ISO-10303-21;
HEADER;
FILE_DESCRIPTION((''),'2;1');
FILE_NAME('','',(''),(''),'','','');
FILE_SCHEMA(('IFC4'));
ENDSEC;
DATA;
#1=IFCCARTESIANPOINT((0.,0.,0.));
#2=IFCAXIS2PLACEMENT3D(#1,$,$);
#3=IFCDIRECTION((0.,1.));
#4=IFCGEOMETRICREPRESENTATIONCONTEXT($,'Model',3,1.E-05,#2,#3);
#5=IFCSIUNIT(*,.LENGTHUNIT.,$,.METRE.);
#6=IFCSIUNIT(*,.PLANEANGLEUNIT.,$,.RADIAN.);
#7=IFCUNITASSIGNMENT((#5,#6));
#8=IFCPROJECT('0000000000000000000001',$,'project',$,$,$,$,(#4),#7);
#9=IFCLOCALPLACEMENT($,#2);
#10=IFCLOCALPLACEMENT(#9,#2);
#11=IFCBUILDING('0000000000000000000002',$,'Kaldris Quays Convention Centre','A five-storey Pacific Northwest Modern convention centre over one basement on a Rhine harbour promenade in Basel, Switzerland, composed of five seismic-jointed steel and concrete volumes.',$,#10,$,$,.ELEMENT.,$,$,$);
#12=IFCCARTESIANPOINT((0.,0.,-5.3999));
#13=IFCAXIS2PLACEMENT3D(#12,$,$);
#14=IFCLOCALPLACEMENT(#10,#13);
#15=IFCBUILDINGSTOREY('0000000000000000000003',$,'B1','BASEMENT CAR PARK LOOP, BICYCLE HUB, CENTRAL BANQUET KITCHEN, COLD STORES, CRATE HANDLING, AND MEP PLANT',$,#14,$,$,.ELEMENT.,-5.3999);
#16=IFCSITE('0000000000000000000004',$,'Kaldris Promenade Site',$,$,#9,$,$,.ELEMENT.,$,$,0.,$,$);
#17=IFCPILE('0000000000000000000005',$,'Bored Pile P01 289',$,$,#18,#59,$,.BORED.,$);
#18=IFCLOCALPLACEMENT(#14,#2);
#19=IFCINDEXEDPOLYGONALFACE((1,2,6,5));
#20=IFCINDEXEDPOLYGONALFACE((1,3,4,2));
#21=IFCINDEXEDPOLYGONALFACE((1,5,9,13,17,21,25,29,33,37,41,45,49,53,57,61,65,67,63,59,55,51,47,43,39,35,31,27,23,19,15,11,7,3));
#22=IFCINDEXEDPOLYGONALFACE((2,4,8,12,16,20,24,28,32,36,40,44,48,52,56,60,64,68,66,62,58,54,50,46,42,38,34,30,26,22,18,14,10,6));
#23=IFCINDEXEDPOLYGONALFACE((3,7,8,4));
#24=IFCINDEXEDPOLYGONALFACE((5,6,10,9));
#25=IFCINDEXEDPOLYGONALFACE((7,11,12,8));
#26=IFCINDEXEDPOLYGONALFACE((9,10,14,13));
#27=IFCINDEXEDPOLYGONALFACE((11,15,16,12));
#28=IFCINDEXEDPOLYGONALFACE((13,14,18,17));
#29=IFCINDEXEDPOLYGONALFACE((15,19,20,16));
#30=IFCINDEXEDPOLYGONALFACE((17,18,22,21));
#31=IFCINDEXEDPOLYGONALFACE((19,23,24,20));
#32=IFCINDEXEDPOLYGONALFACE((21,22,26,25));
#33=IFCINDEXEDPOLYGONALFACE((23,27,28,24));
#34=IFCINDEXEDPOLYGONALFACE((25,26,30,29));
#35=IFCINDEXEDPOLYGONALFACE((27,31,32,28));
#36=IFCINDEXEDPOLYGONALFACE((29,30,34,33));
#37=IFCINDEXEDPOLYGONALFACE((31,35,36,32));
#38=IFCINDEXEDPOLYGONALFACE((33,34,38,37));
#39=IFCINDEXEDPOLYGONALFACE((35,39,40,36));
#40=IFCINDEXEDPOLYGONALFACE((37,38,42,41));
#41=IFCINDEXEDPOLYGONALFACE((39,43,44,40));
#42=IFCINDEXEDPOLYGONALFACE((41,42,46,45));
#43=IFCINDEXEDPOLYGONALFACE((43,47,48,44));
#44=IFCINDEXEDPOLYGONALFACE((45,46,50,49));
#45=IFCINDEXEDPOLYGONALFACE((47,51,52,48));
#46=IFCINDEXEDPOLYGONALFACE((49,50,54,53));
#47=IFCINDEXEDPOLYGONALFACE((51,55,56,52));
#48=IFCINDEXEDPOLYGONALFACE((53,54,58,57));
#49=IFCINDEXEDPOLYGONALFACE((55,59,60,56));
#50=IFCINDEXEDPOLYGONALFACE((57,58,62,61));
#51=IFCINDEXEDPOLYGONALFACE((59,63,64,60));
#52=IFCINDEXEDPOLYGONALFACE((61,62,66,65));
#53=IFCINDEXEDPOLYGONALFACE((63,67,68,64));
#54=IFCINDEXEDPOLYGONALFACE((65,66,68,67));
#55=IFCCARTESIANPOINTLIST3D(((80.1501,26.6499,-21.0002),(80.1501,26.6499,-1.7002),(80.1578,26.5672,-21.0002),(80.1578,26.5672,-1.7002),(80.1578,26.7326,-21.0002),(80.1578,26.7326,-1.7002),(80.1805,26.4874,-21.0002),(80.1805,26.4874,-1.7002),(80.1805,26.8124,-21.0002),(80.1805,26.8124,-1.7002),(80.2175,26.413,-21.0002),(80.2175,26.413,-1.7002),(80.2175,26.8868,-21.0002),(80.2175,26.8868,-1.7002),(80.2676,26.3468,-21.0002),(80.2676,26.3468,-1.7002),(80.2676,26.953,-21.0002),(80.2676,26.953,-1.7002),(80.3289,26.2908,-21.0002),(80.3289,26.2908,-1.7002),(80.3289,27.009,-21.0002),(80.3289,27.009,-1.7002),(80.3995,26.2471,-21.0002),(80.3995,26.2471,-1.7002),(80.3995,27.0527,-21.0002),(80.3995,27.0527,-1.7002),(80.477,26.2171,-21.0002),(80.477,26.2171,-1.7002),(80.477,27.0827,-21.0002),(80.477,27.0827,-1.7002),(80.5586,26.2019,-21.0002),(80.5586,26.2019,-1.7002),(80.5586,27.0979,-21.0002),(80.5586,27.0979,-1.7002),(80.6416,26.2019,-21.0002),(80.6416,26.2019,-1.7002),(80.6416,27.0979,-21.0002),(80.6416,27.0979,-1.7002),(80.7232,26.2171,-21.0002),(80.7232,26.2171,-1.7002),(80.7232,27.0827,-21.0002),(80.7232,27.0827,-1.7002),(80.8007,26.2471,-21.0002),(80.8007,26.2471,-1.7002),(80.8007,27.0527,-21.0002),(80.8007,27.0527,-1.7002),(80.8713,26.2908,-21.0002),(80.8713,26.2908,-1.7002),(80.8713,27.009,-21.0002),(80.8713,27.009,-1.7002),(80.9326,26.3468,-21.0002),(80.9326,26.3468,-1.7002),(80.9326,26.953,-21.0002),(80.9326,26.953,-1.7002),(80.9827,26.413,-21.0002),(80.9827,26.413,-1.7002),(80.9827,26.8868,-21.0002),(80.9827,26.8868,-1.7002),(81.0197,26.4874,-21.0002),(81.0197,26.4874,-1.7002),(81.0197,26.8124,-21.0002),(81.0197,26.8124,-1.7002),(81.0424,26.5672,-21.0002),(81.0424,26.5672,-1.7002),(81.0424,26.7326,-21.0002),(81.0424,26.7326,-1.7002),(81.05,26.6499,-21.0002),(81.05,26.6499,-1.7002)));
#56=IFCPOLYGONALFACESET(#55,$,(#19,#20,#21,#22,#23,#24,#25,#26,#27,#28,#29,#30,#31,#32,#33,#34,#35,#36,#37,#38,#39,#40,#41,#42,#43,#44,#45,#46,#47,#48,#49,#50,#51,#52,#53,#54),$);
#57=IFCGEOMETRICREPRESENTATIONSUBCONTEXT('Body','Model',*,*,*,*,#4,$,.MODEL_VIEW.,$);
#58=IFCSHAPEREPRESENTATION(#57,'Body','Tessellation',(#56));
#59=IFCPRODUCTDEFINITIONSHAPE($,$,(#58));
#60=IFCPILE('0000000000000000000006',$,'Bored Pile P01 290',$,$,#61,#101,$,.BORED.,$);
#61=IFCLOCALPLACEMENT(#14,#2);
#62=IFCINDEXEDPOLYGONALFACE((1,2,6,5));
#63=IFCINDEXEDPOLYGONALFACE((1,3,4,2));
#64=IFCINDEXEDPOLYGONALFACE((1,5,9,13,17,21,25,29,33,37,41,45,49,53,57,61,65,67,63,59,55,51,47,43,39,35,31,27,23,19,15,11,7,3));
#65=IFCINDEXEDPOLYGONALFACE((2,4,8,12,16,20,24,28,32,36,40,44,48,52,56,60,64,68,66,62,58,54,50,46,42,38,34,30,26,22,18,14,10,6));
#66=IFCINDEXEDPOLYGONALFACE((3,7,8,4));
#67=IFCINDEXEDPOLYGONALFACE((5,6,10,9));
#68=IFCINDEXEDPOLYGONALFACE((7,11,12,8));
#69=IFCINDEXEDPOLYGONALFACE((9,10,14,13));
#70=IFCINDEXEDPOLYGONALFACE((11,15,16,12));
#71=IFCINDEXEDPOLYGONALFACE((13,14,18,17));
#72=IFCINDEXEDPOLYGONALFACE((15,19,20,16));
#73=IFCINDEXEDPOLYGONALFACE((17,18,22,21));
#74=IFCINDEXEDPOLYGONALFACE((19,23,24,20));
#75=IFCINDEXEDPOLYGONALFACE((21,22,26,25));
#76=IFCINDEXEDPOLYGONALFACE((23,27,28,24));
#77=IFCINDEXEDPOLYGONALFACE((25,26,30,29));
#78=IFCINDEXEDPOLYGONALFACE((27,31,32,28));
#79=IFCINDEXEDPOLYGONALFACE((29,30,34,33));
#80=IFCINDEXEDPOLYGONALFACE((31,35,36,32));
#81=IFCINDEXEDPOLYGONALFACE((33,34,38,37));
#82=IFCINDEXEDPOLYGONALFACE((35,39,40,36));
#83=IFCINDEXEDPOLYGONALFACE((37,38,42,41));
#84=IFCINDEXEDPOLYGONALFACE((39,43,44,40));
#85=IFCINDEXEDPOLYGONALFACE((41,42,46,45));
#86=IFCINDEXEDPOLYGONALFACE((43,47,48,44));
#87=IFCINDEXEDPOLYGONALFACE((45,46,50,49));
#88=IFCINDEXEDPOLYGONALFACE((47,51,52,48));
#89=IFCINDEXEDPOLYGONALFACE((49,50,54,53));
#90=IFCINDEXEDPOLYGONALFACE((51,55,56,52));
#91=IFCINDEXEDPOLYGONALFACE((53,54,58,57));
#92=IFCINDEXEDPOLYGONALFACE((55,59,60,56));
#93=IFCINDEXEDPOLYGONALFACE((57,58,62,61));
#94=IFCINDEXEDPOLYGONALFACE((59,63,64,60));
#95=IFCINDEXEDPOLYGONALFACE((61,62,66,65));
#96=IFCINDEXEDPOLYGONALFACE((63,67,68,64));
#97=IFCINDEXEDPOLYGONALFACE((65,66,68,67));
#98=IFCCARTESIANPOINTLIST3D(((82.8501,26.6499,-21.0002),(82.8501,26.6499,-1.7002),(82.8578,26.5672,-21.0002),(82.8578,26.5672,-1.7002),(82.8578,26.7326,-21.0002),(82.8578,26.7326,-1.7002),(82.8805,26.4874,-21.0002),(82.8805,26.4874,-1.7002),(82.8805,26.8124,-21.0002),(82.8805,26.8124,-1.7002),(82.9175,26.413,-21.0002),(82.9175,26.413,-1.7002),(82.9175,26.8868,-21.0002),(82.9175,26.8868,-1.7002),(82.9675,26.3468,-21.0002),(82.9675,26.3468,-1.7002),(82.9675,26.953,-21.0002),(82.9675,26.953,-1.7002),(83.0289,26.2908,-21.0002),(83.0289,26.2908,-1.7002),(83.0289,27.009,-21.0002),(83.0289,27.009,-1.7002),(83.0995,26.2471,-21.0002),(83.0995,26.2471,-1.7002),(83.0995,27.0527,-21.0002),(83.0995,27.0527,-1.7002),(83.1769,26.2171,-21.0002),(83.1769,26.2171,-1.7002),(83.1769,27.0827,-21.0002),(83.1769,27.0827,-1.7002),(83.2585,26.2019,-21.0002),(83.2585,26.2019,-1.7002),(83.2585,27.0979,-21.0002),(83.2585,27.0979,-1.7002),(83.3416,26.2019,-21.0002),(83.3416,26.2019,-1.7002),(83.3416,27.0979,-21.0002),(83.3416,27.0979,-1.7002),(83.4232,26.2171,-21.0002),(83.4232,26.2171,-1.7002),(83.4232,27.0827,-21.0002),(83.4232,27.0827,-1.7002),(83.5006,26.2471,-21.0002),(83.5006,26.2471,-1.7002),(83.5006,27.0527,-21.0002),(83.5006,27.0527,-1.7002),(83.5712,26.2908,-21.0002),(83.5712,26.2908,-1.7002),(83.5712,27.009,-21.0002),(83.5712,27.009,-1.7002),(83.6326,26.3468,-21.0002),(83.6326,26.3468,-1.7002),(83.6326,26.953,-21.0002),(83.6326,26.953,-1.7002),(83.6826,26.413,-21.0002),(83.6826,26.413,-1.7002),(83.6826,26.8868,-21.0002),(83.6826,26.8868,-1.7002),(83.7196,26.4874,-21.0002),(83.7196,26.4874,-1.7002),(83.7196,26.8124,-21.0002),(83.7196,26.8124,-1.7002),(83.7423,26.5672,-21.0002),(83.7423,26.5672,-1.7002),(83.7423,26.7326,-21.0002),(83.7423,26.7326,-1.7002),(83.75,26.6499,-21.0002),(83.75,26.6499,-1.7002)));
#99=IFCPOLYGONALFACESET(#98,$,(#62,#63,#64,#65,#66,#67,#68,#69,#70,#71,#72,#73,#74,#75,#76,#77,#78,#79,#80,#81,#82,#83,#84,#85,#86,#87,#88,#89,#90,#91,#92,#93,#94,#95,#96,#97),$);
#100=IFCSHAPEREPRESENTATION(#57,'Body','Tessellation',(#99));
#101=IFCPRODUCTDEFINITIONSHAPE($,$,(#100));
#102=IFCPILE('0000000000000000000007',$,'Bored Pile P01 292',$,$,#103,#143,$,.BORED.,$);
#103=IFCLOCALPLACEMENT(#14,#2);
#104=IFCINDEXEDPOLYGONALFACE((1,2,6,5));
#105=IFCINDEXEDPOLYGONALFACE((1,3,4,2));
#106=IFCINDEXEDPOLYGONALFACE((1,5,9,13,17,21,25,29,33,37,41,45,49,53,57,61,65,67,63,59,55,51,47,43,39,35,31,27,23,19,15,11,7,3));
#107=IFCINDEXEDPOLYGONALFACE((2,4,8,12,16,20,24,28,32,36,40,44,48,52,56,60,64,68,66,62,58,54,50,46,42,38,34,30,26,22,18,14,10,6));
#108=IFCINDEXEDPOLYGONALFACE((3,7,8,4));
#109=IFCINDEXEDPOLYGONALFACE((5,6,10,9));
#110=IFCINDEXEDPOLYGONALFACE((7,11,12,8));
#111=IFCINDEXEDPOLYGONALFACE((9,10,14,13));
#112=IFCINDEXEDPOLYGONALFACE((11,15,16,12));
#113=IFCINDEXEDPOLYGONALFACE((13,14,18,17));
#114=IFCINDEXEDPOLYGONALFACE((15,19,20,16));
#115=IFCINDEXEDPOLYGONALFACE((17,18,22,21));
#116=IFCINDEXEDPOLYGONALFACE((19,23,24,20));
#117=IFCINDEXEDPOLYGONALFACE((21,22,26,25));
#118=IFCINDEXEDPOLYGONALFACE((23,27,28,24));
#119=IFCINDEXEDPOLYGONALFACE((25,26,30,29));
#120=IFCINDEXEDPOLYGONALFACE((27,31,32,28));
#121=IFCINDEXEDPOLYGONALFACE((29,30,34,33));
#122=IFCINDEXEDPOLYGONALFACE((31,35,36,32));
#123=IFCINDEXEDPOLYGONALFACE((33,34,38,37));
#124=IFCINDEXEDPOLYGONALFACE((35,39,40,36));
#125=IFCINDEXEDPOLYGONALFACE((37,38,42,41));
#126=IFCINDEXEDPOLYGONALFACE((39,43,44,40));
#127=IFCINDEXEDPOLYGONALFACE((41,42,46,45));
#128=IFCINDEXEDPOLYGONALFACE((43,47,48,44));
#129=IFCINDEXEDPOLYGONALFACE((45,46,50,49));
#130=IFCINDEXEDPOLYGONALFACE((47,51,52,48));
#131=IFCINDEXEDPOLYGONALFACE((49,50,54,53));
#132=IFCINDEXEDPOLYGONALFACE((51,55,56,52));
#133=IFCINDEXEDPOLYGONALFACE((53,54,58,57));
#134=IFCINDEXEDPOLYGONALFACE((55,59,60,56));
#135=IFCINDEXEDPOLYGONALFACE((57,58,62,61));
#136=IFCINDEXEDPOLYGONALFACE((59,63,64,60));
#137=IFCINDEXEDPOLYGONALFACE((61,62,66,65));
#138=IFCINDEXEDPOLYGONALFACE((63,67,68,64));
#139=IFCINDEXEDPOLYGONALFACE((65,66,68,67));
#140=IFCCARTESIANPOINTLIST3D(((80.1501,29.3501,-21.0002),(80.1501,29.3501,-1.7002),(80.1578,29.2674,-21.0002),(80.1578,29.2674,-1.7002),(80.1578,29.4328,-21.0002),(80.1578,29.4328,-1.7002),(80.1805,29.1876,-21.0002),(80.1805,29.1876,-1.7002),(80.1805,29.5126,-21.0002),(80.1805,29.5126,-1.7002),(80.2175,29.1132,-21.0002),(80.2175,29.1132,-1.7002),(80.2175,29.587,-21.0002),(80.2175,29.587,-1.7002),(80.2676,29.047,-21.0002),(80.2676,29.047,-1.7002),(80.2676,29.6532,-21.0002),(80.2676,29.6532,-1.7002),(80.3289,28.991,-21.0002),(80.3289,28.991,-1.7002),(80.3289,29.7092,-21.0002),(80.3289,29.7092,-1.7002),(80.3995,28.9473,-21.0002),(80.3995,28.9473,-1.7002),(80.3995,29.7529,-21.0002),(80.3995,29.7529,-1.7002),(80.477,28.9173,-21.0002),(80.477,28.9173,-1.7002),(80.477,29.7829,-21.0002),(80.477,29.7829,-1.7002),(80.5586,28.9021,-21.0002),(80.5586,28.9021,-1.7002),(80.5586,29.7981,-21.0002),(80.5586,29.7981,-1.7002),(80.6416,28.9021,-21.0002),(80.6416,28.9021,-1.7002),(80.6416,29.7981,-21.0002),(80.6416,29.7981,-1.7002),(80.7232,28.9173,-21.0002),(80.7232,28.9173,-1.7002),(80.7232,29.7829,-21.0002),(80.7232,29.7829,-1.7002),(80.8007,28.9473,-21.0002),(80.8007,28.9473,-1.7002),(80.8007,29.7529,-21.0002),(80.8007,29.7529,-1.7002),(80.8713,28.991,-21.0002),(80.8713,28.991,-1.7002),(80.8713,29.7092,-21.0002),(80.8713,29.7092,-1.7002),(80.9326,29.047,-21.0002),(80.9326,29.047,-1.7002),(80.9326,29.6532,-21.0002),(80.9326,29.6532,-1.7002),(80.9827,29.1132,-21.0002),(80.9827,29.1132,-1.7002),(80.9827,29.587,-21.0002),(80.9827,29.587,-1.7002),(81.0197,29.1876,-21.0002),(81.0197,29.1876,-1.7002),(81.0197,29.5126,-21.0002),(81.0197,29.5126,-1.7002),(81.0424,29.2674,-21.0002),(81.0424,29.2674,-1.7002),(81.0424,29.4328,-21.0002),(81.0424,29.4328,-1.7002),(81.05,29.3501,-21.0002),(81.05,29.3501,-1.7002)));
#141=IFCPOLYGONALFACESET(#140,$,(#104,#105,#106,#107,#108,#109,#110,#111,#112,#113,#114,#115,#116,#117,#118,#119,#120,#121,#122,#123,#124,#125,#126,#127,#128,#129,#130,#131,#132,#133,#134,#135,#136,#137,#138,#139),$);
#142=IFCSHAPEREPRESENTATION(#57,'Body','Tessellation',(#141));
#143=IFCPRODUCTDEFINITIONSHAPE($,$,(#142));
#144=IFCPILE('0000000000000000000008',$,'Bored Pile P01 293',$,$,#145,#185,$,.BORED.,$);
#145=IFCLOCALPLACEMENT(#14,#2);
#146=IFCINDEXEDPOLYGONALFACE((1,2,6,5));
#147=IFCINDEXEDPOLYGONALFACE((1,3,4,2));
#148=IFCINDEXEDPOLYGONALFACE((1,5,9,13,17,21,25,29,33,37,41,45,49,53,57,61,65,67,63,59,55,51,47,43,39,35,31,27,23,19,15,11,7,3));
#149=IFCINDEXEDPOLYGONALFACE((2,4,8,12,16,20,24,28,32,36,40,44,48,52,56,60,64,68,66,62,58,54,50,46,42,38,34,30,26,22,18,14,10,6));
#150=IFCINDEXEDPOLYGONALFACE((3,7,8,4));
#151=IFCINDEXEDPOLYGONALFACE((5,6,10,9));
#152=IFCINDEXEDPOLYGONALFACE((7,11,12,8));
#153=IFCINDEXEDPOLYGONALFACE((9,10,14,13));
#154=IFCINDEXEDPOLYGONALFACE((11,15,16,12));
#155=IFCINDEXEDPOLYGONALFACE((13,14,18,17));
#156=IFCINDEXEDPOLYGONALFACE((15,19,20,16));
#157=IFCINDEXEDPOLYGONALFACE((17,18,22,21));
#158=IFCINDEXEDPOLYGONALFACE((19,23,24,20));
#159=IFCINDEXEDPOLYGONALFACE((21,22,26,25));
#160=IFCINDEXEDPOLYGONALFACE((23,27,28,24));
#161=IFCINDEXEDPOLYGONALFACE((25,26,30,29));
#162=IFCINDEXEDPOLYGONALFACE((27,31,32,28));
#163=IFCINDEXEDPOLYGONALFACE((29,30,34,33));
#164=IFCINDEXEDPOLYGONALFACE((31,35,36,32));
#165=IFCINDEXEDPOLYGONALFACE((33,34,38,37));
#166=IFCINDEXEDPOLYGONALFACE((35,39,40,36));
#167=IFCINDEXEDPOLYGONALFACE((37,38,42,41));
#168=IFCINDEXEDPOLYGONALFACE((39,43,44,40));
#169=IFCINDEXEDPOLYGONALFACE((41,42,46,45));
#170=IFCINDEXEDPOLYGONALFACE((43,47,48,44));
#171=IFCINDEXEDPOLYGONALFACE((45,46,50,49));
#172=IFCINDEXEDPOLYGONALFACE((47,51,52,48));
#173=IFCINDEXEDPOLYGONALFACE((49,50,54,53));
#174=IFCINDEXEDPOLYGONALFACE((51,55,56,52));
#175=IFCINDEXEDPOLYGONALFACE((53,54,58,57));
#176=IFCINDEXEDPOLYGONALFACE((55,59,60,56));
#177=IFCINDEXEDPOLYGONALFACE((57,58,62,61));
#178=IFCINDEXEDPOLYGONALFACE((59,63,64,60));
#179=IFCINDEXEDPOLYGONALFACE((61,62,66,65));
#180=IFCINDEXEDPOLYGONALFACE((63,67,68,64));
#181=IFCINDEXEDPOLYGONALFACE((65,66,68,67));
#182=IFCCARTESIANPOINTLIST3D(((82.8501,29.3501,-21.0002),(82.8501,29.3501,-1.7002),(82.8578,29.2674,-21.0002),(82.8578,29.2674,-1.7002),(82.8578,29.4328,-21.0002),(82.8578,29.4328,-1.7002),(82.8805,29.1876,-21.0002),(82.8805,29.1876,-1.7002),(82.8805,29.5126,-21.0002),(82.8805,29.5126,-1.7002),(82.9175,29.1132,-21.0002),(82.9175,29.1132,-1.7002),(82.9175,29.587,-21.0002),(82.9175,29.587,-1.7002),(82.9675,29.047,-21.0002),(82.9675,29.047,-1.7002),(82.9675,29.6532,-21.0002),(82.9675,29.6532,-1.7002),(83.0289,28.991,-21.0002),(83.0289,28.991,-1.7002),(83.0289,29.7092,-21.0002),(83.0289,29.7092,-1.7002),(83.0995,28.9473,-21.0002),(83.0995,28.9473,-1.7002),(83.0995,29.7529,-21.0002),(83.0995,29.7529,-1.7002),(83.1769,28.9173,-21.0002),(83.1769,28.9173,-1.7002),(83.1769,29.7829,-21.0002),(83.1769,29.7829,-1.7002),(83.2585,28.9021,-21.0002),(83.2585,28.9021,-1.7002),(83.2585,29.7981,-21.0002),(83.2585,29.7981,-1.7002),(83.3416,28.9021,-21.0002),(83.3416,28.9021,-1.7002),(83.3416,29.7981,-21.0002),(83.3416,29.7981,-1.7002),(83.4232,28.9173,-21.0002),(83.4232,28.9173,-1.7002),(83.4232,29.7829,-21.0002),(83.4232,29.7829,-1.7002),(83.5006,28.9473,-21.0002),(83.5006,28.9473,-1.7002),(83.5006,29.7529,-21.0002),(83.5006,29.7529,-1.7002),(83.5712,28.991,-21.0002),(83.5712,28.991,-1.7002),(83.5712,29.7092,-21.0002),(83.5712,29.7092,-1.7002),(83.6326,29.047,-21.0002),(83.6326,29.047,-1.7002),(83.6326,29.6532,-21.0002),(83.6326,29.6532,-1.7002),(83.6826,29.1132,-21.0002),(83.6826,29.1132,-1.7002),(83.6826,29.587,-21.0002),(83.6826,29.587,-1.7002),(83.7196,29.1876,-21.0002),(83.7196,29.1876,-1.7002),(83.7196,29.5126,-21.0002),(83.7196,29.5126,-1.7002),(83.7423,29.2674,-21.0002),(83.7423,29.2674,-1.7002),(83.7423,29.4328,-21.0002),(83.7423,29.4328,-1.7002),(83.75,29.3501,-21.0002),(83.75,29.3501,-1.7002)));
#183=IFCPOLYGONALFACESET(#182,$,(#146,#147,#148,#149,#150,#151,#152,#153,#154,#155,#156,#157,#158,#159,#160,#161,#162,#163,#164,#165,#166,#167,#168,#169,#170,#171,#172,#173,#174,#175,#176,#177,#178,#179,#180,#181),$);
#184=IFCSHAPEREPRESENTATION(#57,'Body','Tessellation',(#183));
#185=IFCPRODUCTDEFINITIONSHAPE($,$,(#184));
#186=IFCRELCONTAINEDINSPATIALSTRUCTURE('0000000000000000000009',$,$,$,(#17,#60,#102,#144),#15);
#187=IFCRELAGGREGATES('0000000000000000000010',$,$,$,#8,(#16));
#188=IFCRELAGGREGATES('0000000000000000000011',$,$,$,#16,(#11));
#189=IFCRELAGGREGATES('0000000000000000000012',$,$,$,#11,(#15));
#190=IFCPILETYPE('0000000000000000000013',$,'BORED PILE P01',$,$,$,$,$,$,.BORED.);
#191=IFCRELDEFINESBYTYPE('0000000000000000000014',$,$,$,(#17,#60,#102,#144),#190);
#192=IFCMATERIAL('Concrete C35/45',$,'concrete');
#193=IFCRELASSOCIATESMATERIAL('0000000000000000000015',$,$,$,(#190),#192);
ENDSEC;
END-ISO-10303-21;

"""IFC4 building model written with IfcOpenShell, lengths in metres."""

from ifc_helpers import new_model, si_unit, direction, frame, origin, origin_2d, place, context, subcontext, project, spatial, circle, extrude, material, material_profile, profile_set, type_object, element, save


model = new_model("IFC4")

# Units and contexts
model_context = context("Model", 3, precision=1e-05, world=origin(), true_north=direction((0.0, 1.0)))
body_context = subcontext(model_context, "Body", "Model", "MODEL_VIEW")
ifc_project = project(units=[si_unit("LENGTHUNIT", "METRE"), si_unit("PLANEANGLEUNIT", "RADIAN")], contexts=[model_context])

# Site, building, storey
site_placement = place(None, origin())
site = spatial("IfcSite", under=ifc_project, at=site_placement, Name="Kaldris Promenade Site", CompositionType="ELEMENT", RefElevation=0.0)
building_placement = place(site_placement, origin())
building = spatial("IfcBuilding", under=site, at=building_placement, Name="Kaldris Quays Convention Centre", Description="A five-storey Pacific Northwest Modern convention centre over one basement on a Rhine harbour promenade in Basel, Switzerland, composed of five seismic-jointed steel and concrete volumes.", CompositionType="ELEMENT")
storey_placement = place(building_placement, frame((0.0, 0.0, -5.3999)))
storey = spatial("IfcBuildingStorey", under=building, at=storey_placement, Name="B1", Description="BASEMENT CAR PARK LOOP, BICYCLE HUB, CENTRAL BANQUET KITCHEN, COLD STORES, CRATE HANDLING, AND MEP PLANT", CompositionType="ELEMENT", Elevation=-5.3999)

# Piles
ifc_material_1 = material(Name="Concrete C35/45", Category="concrete")
ifc_material_profile_1 = material_profile(ifc_material_1, circle(Radius=0.45, at=origin_2d()), Name="BORED PILE D900")
ifc_profile_set_1 = profile_set([ifc_material_profile_1], Name="Concrete C35/45")
pile_type_1 = type_object("IfcPileType", Name="BORED PILE P01", PredefinedType="BORED", material=ifc_profile_set_1)
for number, where, z_axis, x_axis, name in (
    (1, (80.6001, 26.6499, -1.7002), (0.0, 0.0, -1.0), (1.0, 0.0, 0.0), "Bored Pile P01 289"),
    (2, (83.3, 26.6499, -1.7002), (0.0, 0.0, -1.0), (1.0, 0.0, 0.0), "Bored Pile P01 290"),
    (3, (80.6001, 29.3501, -1.7002), (0.0, 0.0, -1.0), (1.0, 0.0, 0.0), "Bored Pile P01 292"),
    (4, (83.3, 29.3501, -1.7002), (0.0, 0.0, -1.0), (1.0, 0.0, 0.0), "Bored Pile P01 293"),
):
    element("IfcPile", number, at=place(storey_placement, frame(where, z_axis=z_axis, x_axis=x_axis)), inside=storey, type_object=pile_type_1, Name=name, PredefinedType="BORED", context=body_context, shape_type="SweptSolid", body=[
        extrude(circle(Radius=0.45, at=origin_2d()), origin(), (0.0, 0.0, 1.0), 19.3),
    ])

save(model, "model.ifc")
